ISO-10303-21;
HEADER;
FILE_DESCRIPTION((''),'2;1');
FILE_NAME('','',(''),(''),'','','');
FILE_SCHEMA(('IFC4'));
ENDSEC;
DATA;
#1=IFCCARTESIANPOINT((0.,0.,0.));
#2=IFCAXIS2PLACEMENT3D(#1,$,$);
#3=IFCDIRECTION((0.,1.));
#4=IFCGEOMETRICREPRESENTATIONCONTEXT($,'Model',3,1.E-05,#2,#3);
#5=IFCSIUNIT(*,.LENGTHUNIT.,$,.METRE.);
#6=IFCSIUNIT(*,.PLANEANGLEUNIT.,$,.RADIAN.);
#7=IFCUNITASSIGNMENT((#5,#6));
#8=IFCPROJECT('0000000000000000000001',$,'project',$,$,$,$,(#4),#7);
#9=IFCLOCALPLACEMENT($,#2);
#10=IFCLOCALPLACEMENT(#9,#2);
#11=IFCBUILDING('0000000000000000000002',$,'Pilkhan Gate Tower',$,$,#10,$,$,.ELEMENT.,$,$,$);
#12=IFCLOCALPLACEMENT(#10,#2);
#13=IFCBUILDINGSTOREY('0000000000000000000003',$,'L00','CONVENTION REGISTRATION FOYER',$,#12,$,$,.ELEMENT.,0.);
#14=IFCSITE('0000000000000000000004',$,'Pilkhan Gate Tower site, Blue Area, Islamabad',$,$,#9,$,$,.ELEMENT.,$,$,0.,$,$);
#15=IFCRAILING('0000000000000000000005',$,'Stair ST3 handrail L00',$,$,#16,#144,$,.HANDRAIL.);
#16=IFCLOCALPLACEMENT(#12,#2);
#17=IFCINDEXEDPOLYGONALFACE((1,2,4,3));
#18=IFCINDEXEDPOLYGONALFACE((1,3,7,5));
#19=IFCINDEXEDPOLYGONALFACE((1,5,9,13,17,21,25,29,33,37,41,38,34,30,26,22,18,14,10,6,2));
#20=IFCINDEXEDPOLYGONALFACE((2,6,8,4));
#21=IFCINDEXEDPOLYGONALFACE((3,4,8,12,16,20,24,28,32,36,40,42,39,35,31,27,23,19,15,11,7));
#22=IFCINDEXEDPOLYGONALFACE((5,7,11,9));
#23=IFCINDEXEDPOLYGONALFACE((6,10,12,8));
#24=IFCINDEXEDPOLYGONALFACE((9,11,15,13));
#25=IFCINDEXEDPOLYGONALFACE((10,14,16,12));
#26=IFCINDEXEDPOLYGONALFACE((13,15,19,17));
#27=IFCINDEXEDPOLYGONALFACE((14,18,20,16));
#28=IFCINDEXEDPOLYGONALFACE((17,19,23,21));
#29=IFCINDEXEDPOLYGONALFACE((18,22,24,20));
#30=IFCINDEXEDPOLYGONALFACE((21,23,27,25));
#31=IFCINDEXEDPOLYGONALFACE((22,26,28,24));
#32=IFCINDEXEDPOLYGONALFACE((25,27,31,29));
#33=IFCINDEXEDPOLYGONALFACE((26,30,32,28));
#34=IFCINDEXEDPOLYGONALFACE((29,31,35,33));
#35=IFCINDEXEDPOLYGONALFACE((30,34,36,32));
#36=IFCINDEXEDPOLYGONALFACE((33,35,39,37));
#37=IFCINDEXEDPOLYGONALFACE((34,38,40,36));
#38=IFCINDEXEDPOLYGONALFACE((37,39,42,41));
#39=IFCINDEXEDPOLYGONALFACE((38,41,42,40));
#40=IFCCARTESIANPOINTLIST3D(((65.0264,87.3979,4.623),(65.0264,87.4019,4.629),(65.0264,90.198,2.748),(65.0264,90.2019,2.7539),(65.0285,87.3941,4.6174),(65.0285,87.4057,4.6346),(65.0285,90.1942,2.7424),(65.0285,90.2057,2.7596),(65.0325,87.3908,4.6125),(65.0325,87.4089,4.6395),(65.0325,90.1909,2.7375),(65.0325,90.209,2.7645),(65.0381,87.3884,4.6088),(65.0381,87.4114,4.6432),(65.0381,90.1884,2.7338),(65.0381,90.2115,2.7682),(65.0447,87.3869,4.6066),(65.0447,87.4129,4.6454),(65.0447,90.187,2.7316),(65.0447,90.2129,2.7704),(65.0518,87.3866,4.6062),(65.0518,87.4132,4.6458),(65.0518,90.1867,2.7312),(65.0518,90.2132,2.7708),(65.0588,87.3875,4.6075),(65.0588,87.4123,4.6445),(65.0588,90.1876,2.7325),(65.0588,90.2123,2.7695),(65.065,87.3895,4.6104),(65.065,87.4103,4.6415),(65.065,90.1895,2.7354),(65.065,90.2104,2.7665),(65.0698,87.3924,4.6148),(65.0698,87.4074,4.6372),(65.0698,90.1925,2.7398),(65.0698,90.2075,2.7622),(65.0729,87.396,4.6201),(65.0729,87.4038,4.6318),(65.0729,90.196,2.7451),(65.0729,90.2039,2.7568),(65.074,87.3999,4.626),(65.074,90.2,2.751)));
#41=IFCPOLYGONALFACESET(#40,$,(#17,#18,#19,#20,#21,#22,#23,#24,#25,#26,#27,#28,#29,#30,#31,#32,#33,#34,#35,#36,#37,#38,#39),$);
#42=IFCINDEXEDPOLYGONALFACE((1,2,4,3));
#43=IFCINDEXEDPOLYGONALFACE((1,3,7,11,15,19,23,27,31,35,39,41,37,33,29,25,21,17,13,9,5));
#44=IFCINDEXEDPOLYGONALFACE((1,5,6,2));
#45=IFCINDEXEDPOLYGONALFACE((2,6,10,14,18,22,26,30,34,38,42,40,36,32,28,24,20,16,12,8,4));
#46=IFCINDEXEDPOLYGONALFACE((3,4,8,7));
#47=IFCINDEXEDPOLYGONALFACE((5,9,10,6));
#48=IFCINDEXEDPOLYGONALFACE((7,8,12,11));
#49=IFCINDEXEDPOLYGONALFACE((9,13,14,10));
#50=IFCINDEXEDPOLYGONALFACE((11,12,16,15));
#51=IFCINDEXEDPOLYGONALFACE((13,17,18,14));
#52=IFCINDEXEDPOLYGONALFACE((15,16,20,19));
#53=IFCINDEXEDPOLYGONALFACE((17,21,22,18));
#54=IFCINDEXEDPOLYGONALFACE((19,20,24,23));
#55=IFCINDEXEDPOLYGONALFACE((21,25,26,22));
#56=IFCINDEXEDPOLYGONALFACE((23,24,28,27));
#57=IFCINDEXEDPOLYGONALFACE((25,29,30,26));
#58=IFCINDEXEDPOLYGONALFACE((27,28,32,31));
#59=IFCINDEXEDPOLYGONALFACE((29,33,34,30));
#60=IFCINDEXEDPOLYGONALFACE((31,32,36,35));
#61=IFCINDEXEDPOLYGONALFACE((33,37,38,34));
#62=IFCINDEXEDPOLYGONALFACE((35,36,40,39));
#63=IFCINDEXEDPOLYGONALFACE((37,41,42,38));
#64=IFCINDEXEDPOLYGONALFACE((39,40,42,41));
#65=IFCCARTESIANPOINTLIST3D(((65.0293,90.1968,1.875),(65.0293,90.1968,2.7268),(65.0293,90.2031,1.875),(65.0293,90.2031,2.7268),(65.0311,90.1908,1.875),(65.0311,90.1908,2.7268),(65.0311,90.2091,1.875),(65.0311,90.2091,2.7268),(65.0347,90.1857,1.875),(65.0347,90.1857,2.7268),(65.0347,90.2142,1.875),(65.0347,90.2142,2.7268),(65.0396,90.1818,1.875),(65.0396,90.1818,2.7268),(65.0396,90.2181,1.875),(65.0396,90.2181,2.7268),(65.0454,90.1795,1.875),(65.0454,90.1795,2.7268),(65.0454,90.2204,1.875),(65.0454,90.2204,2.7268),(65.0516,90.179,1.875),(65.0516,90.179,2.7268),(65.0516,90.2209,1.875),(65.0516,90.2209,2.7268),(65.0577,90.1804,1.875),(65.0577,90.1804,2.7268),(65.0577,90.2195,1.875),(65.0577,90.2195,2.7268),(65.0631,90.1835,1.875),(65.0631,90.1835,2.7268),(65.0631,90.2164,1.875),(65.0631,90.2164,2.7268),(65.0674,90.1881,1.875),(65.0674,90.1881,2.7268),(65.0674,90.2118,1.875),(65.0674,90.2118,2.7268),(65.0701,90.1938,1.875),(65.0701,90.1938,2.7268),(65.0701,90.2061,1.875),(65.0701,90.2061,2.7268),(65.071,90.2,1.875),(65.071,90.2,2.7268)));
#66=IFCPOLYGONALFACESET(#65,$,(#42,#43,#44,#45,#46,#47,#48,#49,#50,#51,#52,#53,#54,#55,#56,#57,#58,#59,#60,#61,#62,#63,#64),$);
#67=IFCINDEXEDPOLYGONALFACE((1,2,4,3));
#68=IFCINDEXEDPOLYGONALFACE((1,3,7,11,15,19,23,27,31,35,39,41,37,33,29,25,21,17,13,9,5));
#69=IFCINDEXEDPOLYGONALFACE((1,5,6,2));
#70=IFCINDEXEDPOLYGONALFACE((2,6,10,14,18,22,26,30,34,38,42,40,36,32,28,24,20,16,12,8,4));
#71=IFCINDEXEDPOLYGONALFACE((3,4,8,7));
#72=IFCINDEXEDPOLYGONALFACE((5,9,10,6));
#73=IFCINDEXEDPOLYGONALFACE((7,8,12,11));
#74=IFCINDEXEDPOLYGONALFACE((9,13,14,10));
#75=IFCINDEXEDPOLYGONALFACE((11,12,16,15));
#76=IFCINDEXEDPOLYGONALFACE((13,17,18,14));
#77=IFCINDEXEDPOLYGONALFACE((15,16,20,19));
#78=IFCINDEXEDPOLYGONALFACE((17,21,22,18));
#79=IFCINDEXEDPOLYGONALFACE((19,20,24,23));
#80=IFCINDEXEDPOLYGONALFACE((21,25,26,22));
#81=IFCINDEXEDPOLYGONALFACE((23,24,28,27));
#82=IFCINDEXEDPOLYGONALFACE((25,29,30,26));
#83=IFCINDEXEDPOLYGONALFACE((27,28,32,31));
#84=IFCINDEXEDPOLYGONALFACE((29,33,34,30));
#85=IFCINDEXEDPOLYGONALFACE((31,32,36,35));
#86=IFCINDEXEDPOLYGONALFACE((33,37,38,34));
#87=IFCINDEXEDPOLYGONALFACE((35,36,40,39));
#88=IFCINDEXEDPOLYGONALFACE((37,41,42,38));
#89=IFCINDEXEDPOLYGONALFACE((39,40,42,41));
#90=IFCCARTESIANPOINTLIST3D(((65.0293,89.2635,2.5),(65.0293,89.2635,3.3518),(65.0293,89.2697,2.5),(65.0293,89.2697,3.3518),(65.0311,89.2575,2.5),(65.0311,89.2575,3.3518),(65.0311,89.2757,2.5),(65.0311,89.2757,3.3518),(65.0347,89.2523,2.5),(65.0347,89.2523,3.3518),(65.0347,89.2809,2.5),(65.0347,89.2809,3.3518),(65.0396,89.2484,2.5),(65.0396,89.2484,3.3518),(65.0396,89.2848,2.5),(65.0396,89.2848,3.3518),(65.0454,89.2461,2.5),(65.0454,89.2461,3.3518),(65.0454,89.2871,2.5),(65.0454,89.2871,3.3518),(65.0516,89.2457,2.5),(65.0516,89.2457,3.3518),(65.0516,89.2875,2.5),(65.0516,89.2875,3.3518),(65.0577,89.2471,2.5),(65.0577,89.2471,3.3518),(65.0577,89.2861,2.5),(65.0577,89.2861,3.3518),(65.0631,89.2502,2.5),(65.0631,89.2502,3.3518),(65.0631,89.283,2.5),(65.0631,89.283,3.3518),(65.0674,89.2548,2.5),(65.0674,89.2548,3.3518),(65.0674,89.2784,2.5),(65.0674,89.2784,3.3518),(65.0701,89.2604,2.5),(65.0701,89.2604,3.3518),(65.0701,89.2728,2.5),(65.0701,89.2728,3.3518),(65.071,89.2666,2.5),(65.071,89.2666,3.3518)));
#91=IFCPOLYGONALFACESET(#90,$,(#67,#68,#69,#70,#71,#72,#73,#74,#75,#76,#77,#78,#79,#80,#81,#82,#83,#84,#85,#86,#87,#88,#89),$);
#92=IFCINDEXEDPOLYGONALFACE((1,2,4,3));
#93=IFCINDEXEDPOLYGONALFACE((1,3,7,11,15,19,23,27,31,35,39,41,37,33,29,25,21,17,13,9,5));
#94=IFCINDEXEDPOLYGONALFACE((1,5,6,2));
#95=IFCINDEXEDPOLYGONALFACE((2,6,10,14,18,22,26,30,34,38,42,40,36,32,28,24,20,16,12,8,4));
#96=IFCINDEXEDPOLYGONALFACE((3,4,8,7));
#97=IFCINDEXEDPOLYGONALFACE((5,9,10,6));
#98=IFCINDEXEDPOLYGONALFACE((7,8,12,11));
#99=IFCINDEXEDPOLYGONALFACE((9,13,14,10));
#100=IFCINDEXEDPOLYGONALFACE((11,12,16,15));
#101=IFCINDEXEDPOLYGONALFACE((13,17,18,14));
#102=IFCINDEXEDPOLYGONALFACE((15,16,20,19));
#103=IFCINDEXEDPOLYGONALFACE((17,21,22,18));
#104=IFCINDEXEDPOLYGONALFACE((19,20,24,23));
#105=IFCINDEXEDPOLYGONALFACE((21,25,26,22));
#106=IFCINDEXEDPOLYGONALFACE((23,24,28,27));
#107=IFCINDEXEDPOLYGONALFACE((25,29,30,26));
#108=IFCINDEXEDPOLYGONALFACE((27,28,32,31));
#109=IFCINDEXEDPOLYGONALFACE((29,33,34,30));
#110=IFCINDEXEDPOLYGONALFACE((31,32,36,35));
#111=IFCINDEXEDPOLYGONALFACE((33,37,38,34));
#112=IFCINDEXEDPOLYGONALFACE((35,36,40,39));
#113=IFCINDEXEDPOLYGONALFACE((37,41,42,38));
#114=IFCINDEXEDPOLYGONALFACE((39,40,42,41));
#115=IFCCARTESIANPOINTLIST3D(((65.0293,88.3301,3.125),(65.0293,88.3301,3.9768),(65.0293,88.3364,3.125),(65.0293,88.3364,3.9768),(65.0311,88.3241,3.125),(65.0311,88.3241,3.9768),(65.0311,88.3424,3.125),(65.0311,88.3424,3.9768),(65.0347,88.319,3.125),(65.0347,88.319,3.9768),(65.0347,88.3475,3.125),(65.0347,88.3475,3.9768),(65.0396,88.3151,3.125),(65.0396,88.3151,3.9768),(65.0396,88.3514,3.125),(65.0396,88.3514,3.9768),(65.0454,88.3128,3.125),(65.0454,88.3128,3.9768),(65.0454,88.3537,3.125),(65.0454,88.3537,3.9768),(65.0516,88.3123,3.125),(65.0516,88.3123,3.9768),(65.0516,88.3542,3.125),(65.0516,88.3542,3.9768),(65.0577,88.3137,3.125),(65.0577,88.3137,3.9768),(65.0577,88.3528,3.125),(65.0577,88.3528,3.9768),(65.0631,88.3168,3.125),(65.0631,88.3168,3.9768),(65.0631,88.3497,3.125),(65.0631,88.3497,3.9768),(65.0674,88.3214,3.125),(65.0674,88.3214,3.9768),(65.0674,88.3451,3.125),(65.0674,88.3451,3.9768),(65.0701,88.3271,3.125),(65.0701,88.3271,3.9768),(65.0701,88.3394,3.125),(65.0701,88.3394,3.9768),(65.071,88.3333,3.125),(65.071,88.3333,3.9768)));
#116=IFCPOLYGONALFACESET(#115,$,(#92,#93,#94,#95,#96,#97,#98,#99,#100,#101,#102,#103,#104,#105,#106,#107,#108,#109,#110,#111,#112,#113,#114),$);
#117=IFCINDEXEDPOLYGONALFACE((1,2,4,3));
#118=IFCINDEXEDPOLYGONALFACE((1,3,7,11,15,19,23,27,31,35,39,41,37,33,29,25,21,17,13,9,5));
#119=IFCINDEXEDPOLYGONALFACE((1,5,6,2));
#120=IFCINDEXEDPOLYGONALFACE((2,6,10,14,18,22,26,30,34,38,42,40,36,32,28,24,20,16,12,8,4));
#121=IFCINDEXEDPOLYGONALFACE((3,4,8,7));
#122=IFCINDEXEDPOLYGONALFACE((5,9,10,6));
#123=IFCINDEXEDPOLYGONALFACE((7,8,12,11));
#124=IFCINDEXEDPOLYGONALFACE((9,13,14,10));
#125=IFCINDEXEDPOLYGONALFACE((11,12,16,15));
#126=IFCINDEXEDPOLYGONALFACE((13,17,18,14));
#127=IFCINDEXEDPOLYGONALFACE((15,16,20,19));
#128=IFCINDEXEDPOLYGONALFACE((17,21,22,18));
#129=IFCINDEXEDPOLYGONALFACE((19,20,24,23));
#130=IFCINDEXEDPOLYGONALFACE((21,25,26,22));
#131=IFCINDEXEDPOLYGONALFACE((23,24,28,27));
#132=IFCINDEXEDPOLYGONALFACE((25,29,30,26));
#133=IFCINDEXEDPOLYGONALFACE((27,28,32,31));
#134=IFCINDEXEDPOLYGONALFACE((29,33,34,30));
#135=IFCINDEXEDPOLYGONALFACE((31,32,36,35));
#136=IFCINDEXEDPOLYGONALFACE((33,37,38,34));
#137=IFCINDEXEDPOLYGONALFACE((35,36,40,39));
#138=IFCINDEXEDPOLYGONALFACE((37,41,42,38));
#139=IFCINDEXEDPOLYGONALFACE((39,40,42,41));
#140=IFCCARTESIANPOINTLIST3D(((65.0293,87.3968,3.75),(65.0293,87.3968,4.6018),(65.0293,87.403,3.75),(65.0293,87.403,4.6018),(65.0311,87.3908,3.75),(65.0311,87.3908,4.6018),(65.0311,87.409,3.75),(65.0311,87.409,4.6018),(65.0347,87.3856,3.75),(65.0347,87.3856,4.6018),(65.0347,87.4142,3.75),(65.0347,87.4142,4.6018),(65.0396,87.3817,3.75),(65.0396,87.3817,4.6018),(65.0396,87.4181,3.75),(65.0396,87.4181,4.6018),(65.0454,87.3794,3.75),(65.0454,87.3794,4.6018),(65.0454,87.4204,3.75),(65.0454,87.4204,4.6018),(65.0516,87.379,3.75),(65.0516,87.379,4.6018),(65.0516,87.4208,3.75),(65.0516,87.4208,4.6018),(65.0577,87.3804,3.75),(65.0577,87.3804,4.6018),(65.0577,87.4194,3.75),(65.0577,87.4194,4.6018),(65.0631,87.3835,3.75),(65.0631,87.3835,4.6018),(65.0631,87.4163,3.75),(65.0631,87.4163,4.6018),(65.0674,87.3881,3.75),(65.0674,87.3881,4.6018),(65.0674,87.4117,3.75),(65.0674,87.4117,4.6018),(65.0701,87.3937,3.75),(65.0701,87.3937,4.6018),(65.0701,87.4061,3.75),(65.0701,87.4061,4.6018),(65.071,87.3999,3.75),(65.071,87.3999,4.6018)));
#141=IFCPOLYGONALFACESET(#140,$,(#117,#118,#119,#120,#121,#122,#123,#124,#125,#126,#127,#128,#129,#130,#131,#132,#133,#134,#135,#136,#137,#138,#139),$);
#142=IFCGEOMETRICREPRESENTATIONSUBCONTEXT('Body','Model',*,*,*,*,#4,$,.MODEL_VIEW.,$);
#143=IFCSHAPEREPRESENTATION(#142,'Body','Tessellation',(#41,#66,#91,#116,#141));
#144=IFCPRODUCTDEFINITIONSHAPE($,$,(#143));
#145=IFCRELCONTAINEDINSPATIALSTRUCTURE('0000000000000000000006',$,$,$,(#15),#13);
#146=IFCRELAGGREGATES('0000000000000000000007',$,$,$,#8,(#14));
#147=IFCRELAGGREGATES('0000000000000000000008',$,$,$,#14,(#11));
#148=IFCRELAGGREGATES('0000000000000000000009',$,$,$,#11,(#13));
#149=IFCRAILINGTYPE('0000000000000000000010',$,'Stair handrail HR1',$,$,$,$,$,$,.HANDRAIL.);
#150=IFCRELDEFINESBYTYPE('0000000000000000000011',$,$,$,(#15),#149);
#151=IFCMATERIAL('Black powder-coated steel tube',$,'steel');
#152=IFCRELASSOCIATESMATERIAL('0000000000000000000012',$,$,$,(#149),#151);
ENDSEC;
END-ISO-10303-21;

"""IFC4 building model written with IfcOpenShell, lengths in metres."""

from ifc_helpers import new_model, si_unit, direction, frame, origin, origin_2d, place, context, subcontext, project, spatial, circle, extrude, material, type_object, element, save


model = new_model("IFC4")

# Units and contexts
model_context = context("Model", 3, precision=1e-05, world=origin(), true_north=direction((0.0, 1.0)))
body_context = subcontext(model_context, "Body", "Model", "MODEL_VIEW")
ifc_project = project(units=[si_unit("LENGTHUNIT", "METRE"), si_unit("PLANEANGLEUNIT", "RADIAN")], contexts=[model_context])

# Site, building, storey
site_placement = place(None, origin())
site = spatial("IfcSite", under=ifc_project, at=site_placement, Name="Pilkhan Gate Tower site, Blue Area, Islamabad", CompositionType="ELEMENT", RefElevation=0.0)
building_placement = place(site_placement, origin())
building = spatial("IfcBuilding", under=site, at=building_placement, Name="Pilkhan Gate Tower", CompositionType="ELEMENT")
storey_placement = place(building_placement, origin())
storey = spatial("IfcBuildingStorey", under=building, at=storey_placement, Name="L00", Description="CONVENTION REGISTRATION FOYER", CompositionType="ELEMENT", Elevation=0.0)

# Railing
ifc_material_1 = material(Name="Black powder-coated steel tube", Category="steel")
railing_type_1 = type_object("IfcRailingType", Name="Stair handrail HR1", PredefinedType="HANDRAIL", material=ifc_material_1)
for number, where, name in (
    (1, (65.05, 90.2, 1.875), "Stair ST3 handrail L00"),
):
    element("IfcRailing", number, at=place(storey_placement, frame(where)), inside=storey, type_object=railing_type_1, Name=name, PredefinedType="HANDRAIL", context=body_context, shape_type="SweptSolid", body=[
        extrude(circle(Radius=0.0239, at=origin_2d()), frame((0.0, 0.0, 0.876), z_axis=(0.0, -0.830912, 0.556404), x_axis=(1.0, 0.0, 0.0)), (0.0, 0.0, 1.0), 3.3699),
        extrude(circle(Radius=0.021, at=origin_2d()), origin(), (0.0, 0.0, 1.0), 0.8518),
        extrude(circle(Radius=0.021, at=origin_2d()), frame((0.0, -0.9333, 0.625)), (0.0, 0.0, 1.0), 0.8518),
        extrude(circle(Radius=0.021, at=origin_2d()), frame((0.0, -1.8667, 1.25)), (0.0, 0.0, 1.0), 0.8518),
        extrude(circle(Radius=0.021, at=origin_2d()), frame((0.0, -2.8, 1.875)), (0.0, 0.0, 1.0), 0.8518),
    ])

save(model, "model.ifc")
